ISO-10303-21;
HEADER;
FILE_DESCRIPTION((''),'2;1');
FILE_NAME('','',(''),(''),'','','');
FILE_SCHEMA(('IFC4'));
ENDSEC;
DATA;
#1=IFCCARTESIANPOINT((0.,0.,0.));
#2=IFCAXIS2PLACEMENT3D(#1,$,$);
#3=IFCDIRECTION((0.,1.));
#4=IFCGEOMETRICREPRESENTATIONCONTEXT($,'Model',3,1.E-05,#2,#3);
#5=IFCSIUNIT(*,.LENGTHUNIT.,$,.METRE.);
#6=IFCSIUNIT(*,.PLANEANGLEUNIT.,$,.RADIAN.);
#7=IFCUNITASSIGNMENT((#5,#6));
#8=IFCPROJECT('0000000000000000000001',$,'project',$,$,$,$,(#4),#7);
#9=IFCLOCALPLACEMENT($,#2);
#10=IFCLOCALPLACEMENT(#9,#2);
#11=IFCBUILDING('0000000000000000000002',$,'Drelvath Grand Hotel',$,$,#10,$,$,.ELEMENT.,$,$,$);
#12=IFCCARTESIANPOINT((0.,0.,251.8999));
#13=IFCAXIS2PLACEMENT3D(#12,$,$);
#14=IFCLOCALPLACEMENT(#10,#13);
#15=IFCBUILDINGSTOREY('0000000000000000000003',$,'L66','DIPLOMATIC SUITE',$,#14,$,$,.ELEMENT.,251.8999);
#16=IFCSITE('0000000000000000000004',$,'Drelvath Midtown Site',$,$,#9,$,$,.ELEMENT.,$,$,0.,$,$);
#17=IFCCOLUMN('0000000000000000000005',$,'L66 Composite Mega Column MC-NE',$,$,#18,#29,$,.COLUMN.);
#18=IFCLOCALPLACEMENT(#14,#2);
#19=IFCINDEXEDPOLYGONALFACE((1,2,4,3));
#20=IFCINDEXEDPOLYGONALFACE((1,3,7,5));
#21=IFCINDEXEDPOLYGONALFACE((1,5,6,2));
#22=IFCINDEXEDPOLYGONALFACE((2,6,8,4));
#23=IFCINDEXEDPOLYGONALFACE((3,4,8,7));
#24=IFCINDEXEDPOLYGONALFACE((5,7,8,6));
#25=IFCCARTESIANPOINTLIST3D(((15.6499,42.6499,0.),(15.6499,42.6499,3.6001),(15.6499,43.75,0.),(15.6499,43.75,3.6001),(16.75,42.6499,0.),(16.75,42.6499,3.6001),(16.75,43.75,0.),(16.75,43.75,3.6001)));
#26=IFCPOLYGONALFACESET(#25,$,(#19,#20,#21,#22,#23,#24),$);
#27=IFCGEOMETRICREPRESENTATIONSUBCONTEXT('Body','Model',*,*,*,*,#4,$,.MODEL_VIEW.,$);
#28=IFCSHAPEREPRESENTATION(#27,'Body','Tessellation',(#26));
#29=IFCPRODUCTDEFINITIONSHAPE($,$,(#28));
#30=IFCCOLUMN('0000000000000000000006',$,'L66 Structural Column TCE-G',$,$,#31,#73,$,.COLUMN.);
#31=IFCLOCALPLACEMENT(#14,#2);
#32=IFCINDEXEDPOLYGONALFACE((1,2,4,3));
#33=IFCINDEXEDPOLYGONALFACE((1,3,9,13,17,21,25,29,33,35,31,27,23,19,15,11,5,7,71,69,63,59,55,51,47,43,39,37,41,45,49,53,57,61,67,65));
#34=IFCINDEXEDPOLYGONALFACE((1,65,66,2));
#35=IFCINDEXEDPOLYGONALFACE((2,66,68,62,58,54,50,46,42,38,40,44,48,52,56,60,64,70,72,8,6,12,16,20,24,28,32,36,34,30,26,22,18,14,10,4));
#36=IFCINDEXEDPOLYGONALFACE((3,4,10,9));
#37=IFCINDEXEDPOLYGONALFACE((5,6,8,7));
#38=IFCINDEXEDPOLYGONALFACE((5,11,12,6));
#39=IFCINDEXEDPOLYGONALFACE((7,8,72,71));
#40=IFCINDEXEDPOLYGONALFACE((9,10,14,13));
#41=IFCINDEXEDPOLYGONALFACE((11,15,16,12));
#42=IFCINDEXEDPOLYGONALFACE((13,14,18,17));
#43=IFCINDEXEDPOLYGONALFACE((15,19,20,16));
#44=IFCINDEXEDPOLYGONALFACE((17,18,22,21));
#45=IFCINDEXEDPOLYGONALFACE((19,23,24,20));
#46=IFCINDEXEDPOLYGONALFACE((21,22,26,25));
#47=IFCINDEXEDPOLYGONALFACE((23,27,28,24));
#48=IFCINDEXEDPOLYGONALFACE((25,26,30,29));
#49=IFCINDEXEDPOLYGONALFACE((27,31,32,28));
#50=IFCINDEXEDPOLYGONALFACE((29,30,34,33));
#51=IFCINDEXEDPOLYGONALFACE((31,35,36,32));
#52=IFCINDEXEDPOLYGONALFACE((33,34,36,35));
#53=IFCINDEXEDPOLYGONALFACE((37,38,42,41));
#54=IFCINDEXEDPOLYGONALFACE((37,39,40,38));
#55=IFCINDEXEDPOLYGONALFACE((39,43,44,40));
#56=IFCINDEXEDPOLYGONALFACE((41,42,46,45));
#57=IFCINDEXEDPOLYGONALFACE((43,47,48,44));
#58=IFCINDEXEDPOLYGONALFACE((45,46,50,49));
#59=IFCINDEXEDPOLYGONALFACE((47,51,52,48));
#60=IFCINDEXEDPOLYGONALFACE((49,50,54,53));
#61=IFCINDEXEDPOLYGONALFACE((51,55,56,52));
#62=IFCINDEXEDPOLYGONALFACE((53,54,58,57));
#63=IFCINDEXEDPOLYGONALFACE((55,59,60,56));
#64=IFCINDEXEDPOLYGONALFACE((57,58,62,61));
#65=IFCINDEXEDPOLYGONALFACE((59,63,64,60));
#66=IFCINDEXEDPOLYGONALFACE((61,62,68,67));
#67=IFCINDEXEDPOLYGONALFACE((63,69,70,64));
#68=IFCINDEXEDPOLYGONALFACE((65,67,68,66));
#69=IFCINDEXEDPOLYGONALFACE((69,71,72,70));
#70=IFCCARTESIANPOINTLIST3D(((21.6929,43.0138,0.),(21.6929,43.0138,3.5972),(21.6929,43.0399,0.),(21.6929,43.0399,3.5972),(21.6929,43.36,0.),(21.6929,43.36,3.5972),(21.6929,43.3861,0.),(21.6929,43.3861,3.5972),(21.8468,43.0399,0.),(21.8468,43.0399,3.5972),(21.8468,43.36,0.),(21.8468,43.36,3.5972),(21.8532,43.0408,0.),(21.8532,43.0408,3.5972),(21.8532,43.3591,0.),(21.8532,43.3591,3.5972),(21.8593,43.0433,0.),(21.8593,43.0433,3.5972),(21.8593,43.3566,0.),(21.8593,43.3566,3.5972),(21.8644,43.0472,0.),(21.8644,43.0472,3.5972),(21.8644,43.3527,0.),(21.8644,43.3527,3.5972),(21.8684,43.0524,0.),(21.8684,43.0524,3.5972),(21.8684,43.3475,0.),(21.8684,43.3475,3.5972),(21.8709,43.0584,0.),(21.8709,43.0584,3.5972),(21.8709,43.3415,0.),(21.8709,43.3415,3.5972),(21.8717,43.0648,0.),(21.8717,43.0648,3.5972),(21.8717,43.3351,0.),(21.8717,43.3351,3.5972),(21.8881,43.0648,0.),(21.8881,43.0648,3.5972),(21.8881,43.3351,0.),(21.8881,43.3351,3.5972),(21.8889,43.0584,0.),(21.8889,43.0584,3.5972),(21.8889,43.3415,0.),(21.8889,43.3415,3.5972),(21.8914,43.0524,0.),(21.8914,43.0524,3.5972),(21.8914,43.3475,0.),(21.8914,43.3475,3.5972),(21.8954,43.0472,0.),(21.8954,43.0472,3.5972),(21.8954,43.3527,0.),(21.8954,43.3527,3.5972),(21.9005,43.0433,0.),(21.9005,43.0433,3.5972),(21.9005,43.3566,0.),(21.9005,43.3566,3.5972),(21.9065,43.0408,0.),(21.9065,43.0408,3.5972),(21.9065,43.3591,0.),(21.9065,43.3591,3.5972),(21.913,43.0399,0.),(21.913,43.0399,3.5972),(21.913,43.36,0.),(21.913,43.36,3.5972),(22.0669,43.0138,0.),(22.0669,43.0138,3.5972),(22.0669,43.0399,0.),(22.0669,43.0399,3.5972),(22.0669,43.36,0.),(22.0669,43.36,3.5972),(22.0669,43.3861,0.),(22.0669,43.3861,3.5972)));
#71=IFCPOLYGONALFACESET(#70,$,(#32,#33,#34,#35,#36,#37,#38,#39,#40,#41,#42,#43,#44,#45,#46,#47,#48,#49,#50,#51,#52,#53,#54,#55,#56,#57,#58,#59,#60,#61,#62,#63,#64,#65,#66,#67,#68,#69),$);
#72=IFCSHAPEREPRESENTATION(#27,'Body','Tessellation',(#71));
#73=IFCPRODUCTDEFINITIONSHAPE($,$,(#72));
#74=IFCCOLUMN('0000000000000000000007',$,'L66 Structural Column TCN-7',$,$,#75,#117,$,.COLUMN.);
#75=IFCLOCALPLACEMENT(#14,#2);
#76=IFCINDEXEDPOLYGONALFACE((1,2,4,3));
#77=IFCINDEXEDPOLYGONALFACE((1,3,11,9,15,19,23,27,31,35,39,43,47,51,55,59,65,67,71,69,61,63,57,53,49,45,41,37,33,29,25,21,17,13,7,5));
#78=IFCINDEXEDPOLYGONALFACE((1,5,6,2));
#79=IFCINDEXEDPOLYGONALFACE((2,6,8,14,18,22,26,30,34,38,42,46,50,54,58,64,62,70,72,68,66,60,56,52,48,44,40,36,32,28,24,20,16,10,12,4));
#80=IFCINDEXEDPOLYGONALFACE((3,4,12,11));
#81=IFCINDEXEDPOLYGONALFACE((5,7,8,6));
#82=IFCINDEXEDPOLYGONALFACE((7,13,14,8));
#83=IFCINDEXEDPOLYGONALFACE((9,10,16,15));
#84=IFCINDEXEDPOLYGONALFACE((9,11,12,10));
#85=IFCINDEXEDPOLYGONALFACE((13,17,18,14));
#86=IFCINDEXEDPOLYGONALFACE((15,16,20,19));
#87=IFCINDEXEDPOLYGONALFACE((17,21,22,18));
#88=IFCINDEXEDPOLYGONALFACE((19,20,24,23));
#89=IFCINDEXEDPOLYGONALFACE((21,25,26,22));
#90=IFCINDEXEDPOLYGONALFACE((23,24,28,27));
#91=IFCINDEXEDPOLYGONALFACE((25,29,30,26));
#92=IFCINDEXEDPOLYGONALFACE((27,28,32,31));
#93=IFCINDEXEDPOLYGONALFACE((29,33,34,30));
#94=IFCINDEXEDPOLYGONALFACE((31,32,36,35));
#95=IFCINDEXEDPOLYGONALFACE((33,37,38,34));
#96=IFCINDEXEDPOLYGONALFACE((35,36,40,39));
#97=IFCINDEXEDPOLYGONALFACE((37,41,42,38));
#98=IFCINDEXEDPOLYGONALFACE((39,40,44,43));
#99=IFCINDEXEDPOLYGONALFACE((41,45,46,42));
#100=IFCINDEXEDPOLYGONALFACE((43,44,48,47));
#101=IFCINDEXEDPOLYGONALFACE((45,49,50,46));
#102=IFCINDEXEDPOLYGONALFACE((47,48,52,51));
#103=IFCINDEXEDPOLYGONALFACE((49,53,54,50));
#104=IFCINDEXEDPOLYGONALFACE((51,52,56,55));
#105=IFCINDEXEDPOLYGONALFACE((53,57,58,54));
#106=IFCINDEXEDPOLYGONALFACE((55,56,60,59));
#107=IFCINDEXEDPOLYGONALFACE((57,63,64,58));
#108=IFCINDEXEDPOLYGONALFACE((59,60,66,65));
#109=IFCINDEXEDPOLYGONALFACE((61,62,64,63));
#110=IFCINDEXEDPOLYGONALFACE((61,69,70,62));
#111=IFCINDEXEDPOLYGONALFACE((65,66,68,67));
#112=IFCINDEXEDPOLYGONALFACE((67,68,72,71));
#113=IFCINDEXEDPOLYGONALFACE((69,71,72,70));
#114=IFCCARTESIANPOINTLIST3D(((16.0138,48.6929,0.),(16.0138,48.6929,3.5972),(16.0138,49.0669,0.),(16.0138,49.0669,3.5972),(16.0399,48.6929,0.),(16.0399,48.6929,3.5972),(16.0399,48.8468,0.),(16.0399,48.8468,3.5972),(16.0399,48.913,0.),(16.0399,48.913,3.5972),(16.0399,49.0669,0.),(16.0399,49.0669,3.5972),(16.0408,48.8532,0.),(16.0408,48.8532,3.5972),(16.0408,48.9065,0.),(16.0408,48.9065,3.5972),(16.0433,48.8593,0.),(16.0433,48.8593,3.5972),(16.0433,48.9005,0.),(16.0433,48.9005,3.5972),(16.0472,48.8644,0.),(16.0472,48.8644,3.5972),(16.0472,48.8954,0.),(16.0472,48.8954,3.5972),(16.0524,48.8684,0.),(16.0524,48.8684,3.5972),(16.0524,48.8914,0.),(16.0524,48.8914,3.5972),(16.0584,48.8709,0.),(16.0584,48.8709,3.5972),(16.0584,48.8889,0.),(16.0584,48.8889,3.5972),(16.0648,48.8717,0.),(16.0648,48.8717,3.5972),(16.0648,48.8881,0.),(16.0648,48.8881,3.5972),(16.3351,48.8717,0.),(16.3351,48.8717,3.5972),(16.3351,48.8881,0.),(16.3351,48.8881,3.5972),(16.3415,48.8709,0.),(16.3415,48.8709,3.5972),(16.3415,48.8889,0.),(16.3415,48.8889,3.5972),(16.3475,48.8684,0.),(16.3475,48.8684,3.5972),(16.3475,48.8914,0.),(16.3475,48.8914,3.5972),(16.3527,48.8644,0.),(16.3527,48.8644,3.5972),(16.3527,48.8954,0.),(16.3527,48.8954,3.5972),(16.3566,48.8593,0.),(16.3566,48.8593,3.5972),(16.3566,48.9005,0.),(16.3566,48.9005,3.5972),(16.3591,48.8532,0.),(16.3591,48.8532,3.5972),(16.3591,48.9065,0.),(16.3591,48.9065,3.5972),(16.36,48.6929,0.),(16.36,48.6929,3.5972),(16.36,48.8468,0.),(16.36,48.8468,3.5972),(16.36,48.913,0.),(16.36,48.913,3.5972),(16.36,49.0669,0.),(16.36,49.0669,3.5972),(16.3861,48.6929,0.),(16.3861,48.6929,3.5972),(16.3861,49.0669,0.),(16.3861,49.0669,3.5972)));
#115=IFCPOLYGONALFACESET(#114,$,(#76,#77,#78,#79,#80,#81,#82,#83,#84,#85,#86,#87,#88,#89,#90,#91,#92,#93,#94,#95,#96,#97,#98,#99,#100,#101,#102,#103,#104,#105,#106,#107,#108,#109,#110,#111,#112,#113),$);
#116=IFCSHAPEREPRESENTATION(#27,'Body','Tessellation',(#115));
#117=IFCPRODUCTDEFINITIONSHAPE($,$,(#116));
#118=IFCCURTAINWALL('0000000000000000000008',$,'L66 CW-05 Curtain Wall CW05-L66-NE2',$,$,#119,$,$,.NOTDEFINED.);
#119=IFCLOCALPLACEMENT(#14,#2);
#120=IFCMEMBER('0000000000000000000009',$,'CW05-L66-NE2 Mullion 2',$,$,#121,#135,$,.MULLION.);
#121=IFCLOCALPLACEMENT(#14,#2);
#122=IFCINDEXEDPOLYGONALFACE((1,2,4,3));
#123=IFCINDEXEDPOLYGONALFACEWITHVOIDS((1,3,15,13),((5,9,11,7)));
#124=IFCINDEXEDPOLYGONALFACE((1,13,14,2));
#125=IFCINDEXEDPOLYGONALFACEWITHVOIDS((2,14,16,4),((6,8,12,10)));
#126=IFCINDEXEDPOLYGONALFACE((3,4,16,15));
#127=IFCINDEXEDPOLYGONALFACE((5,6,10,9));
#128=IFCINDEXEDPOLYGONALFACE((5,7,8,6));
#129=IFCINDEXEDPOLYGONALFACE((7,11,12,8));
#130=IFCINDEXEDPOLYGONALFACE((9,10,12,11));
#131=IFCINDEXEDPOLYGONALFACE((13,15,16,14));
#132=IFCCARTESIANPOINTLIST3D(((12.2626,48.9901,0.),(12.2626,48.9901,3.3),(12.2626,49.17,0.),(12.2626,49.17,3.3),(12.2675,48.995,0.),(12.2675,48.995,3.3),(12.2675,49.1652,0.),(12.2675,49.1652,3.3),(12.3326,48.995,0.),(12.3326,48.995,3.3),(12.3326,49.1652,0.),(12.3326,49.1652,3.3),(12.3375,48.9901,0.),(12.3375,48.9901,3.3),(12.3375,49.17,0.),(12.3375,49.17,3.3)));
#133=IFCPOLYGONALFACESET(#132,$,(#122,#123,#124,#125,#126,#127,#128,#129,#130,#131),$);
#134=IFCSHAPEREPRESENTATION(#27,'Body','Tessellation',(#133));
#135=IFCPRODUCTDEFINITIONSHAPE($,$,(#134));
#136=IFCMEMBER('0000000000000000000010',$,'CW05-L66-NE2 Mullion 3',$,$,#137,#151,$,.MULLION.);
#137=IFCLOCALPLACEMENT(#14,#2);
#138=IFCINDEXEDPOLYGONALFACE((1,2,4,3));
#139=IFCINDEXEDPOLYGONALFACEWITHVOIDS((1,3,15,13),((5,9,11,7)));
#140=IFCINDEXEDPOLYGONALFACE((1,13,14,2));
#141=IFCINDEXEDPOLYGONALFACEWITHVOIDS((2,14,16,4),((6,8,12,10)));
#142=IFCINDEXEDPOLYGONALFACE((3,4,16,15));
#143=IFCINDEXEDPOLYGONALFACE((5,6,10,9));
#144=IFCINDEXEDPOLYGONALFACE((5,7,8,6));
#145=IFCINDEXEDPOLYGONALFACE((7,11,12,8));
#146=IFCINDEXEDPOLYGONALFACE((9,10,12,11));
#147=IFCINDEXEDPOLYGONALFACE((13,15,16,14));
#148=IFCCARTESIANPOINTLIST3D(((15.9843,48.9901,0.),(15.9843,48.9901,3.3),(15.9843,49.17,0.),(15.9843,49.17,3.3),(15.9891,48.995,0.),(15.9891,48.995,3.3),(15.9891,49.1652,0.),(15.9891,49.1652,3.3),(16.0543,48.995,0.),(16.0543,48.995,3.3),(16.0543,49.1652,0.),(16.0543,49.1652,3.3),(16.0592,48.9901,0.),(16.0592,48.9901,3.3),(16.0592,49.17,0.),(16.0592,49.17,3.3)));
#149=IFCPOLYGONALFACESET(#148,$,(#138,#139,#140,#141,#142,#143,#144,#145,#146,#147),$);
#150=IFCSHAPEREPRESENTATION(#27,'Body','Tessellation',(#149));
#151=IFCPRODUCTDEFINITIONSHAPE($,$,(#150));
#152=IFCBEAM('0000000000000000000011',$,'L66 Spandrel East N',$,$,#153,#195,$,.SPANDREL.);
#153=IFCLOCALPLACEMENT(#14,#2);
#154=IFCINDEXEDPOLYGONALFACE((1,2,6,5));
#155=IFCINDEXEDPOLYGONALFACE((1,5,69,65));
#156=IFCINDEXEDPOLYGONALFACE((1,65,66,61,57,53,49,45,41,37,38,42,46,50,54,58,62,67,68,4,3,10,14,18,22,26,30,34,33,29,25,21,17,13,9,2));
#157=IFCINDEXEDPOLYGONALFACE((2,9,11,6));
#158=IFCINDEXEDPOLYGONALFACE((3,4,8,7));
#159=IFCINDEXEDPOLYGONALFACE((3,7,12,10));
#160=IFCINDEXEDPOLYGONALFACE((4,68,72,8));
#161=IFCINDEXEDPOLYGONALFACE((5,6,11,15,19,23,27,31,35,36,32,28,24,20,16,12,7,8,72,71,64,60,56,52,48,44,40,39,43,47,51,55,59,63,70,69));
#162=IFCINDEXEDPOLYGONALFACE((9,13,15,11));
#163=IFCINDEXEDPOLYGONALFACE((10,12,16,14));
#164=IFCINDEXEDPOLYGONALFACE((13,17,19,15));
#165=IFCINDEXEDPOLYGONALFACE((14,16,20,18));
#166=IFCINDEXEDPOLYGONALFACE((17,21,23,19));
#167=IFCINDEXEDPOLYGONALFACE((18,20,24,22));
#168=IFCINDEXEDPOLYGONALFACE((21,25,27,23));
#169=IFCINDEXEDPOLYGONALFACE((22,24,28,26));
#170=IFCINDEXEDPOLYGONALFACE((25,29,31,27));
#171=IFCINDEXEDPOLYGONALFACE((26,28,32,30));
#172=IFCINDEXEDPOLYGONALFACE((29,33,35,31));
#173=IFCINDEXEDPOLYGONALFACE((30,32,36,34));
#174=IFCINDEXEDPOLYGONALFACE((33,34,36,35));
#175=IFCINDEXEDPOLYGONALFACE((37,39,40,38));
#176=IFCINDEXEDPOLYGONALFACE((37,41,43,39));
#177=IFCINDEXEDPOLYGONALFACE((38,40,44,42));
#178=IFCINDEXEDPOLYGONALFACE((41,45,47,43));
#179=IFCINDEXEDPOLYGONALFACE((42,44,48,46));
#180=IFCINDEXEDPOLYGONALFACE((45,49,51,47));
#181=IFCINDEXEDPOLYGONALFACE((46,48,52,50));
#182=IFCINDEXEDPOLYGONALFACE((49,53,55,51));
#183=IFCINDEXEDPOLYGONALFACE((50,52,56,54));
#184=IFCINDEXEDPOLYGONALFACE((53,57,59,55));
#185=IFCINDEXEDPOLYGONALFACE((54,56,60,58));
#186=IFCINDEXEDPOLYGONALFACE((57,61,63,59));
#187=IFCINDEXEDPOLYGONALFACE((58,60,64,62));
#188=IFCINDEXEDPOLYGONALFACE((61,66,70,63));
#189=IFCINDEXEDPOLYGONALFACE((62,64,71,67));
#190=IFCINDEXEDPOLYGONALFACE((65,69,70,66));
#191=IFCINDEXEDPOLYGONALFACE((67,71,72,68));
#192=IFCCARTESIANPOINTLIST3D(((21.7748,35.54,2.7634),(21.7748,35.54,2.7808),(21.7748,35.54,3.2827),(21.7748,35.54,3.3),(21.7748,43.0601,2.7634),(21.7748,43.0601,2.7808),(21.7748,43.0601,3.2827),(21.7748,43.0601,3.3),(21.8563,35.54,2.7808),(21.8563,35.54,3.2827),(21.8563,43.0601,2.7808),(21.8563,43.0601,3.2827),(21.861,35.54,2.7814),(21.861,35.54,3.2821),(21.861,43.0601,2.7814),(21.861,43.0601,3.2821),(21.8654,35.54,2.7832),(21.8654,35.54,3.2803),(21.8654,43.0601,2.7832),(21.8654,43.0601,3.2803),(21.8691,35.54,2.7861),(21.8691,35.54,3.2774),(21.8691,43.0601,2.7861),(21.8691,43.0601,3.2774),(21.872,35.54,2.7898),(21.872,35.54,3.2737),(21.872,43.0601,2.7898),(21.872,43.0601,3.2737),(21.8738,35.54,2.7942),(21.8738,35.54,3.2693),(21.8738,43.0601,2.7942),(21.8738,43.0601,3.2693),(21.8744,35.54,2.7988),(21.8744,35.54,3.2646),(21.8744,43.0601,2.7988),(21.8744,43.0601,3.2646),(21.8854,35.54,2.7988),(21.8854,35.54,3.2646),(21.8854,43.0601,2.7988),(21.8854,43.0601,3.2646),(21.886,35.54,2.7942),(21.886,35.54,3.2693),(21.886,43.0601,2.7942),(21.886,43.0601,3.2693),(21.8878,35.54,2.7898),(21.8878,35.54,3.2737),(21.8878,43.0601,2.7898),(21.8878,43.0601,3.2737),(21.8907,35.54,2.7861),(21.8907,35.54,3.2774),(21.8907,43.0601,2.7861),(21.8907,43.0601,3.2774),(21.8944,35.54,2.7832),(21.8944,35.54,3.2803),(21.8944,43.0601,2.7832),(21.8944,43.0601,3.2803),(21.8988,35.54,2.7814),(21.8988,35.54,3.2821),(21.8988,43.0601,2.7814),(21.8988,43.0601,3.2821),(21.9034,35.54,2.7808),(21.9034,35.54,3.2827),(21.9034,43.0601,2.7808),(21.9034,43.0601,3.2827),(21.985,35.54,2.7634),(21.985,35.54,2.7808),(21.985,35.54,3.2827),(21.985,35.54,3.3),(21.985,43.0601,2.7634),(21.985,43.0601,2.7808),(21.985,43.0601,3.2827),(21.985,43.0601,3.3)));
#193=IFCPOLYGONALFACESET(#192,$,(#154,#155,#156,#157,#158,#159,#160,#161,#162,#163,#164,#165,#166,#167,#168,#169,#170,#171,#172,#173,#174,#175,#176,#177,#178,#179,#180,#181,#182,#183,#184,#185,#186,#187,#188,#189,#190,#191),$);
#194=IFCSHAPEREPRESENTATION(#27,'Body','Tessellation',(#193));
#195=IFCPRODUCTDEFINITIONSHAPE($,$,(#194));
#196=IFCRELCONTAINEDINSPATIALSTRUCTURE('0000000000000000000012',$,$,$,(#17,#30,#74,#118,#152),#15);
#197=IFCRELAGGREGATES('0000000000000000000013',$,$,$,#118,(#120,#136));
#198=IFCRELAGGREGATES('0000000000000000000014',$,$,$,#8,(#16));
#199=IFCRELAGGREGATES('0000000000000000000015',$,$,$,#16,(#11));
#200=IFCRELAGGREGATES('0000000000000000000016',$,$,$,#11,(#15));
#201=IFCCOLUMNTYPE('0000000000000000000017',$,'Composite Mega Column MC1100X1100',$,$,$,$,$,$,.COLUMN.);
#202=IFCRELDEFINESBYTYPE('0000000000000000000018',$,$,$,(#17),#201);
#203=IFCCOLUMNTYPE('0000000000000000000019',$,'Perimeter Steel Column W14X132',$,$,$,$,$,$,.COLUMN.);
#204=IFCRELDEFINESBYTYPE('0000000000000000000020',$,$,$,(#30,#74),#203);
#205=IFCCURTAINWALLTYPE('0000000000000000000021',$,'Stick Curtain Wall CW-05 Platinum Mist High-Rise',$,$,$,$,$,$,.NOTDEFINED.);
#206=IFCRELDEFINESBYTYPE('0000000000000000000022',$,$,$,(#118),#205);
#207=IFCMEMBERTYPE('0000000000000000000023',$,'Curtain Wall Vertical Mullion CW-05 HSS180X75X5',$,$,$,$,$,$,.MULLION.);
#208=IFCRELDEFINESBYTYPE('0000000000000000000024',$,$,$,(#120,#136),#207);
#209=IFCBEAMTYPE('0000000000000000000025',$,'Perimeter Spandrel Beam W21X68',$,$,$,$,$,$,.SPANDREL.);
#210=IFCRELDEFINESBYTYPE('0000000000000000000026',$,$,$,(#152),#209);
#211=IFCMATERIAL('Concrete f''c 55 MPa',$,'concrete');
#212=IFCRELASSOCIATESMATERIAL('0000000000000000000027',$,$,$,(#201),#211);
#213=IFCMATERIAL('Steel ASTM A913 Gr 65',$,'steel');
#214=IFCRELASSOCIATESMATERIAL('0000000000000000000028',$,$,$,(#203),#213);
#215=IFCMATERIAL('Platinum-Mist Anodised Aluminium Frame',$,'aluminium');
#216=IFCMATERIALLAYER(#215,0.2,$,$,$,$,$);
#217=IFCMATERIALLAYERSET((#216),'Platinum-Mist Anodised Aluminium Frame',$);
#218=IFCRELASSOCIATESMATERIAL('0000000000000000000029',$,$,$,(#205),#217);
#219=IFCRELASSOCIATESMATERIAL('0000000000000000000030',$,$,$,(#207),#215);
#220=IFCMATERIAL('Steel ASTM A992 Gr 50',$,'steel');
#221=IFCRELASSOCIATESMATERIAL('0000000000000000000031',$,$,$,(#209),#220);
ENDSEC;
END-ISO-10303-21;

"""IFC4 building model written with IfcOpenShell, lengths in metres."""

from ifc_helpers import new_model, si_unit, direction, frame, origin, origin_2d, place, context, subcontext, project, spatial, rectangle, hollow_rectangle, i_section, extrude, material, layer, layer_set, material_profile, profile_set, type_object, element, aggregate, save


model = new_model("IFC4")

# Units and contexts
model_context = context("Model", 3, precision=1e-05, world=origin(), true_north=direction((0.0, 1.0)))
body_context = subcontext(model_context, "Body", "Model", "MODEL_VIEW")
ifc_project = project(units=[si_unit("LENGTHUNIT", "METRE"), si_unit("PLANEANGLEUNIT", "RADIAN")], contexts=[model_context])

# Site, building, storey
site_placement = place(None, origin())
site = spatial("IfcSite", under=ifc_project, at=site_placement, Name="Drelvath Midtown Site", CompositionType="ELEMENT", RefElevation=0.0)
building_placement = place(site_placement, origin())
building = spatial("IfcBuilding", under=site, at=building_placement, Name="Drelvath Grand Hotel", CompositionType="ELEMENT")
storey_placement = place(building_placement, frame((0.0, 0.0, 251.8999)))
storey = spatial("IfcBuildingStorey", under=building, at=storey_placement, Name="L66", Description="DIPLOMATIC SUITE", CompositionType="ELEMENT", Elevation=251.8999)

# Columns
ifc_material_1 = material(Name="Concrete f'c 55 MPa", Category="concrete")
ifc_material_profile_1 = material_profile(ifc_material_1, rectangle(XDim=1.1001, YDim=1.1001, at=origin_2d()), Name="MC1100X1100")
ifc_profile_set_1 = profile_set([ifc_material_profile_1], Name="Concrete f'c 55 MPa")
column_type_1 = type_object("IfcColumnType", Name="Composite Mega Column MC1100X1100", PredefinedType="COLUMN", material=ifc_profile_set_1)
column_placement = place(storey_placement, frame((16.2, 43.2, 0.0), z_axis=(0.0, 0.0, 1.0), x_axis=(1.0, 0.0, 0.0)))
element("IfcColumn", 1, at=column_placement, inside=storey, type_object=column_type_1, Name="L66 Composite Mega Column MC-NE", PredefinedType="COLUMN", context=body_context, shape_type="SweptSolid", body=[
    extrude(rectangle(XDim=1.1001, YDim=1.1001, at=origin_2d()), origin(), (0.0, 0.0, 1.0), 3.6001),
])
ifc_material_2 = material(Name="Steel ASTM A913 Gr 65", Category="steel")
ifc_material_profile_2 = material_profile(ifc_material_2, i_section(OverallWidth=0.374, OverallDepth=0.3723, WebThickness=0.0164, FlangeThickness=0.0261, FilletRadius=0.0249, at=origin_2d()), Name="W14X132")
ifc_profile_set_2 = profile_set([ifc_material_profile_2], Name="Steel ASTM A913 Gr 65")
column_type_2 = type_object("IfcColumnType", Name="Perimeter Steel Column W14X132", PredefinedType="COLUMN", material=ifc_profile_set_2)
for number, where, z_axis, x_axis, name in (
    (2, (21.8799, 43.2, 0.0), (0.0, 0.0, 1.0), (1.0, 0.0, 0.0), "L66 Structural Column TCE-G"),
    (3, (16.2, 48.8799, 0.0), (0.0, 0.0, 1.0), (0.0, 1.0, 0.0), "L66 Structural Column TCN-7"),
):
    element("IfcColumn", number, at=place(storey_placement, frame(where, z_axis=z_axis, x_axis=x_axis)), inside=storey, type_object=column_type_2, Name=name, PredefinedType="COLUMN", context=body_context, shape_type="SweptSolid", body=[
        extrude(i_section(OverallWidth=0.374, OverallDepth=0.3723, WebThickness=0.0164, FlangeThickness=0.0261, FilletRadius=0.0249, at=origin_2d()), origin(), (0.0, 0.0, 1.0), 3.5972),
    ])

# Curtain wall, members
ifc_material_3 = material(Name="Platinum-Mist Anodised Aluminium Frame", Category="aluminium")
ifc_layer_1 = layer(ifc_material_3, 0.2)
ifc_layer_set_1 = layer_set([ifc_layer_1], Name="Platinum-Mist Anodised Aluminium Frame")
curtain_wall_type = type_object("IfcCurtainWallType", Name="Stick Curtain Wall CW-05 Platinum Mist High-Rise", PredefinedType="NOTDEFINED", material=ifc_layer_set_1)
curtain_wall_placement = place(storey_placement, origin())
curtain_wall = element("IfcCurtainWall", 4, at=curtain_wall_placement, inside=storey, type_object=curtain_wall_type, Name="L66 CW-05 Curtain Wall CW05-L66-NE2", PredefinedType="NOTDEFINED")
ifc_material_profile_3 = material_profile(ifc_material_3, hollow_rectangle(XDim=0.075, YDim=0.1799, WallThickness=0.0049, at=origin_2d()), Name="HSS180X75X5")
ifc_profile_set_3 = profile_set([ifc_material_profile_3], Name="Platinum-Mist Anodised Aluminium Frame")
member_type = type_object("IfcMemberType", Name="Curtain Wall Vertical Mullion CW-05 HSS180X75X5", PredefinedType="MULLION", material=ifc_profile_set_3)
member_1_placement = place(storey_placement, frame((12.3, 49.0801, 0.0), z_axis=(0.0, 0.0, 1.0), x_axis=(1.0, 0.0, 0.0)))
member_1 = element("IfcMember", 5, at=member_1_placement, type_object=member_type, Name="CW05-L66-NE2 Mullion 2", PredefinedType="MULLION", context=body_context, shape_type="SweptSolid", body=[
    extrude(hollow_rectangle(XDim=0.075, YDim=0.1799, WallThickness=0.0049, at=origin_2d()), origin(), (0.0, 0.0, 1.0), 3.3),
])
member_2_placement = place(storey_placement, frame((16.0217, 49.0801, 0.0), z_axis=(0.0, 0.0, 1.0), x_axis=(1.0, 0.0, 0.0)))
member_2 = element("IfcMember", 6, at=member_2_placement, type_object=member_type, Name="CW05-L66-NE2 Mullion 3", PredefinedType="MULLION", context=body_context, shape_type="SweptSolid", body=[
    extrude(hollow_rectangle(XDim=0.075, YDim=0.1799, WallThickness=0.0049, at=origin_2d()), origin(), (0.0, 0.0, 1.0), 3.3),
])

# Beam
ifc_material_4 = material(Name="Steel ASTM A992 Gr 50", Category="steel")
ifc_material_profile_4 = material_profile(ifc_material_4, i_section(OverallWidth=0.2102, OverallDepth=0.5366, WebThickness=0.011, FlangeThickness=0.0173, FilletRadius=0.0181, at=origin_2d()), Name="W21X68")
ifc_profile_set_4 = profile_set([ifc_material_profile_4], Name="Steel ASTM A992 Gr 50")
beam_type_1 = type_object("IfcBeamType", Name="Perimeter Spandrel Beam W21X68", PredefinedType="SPANDREL", material=ifc_profile_set_4)
beam_placement = place(storey_placement, frame((21.8799, 35.54, 3.0317), z_axis=(0.0, 1.0, 0.0), x_axis=(-1.0, 0.0, 0.0)))
element("IfcBeam", 7, at=beam_placement, inside=storey, type_object=beam_type_1, Name="L66 Spandrel East N", PredefinedType="SPANDREL", context=body_context, shape_type="SweptSolid", body=[
    extrude(i_section(OverallWidth=0.2102, OverallDepth=0.5366, WebThickness=0.011, FlangeThickness=0.0173, FilletRadius=0.0181, at=origin_2d()), origin(), (0.0, 0.0, 1.0), 7.52),
])

aggregate(curtain_wall, [member_1, member_2])

save(model, "model.ifc")
